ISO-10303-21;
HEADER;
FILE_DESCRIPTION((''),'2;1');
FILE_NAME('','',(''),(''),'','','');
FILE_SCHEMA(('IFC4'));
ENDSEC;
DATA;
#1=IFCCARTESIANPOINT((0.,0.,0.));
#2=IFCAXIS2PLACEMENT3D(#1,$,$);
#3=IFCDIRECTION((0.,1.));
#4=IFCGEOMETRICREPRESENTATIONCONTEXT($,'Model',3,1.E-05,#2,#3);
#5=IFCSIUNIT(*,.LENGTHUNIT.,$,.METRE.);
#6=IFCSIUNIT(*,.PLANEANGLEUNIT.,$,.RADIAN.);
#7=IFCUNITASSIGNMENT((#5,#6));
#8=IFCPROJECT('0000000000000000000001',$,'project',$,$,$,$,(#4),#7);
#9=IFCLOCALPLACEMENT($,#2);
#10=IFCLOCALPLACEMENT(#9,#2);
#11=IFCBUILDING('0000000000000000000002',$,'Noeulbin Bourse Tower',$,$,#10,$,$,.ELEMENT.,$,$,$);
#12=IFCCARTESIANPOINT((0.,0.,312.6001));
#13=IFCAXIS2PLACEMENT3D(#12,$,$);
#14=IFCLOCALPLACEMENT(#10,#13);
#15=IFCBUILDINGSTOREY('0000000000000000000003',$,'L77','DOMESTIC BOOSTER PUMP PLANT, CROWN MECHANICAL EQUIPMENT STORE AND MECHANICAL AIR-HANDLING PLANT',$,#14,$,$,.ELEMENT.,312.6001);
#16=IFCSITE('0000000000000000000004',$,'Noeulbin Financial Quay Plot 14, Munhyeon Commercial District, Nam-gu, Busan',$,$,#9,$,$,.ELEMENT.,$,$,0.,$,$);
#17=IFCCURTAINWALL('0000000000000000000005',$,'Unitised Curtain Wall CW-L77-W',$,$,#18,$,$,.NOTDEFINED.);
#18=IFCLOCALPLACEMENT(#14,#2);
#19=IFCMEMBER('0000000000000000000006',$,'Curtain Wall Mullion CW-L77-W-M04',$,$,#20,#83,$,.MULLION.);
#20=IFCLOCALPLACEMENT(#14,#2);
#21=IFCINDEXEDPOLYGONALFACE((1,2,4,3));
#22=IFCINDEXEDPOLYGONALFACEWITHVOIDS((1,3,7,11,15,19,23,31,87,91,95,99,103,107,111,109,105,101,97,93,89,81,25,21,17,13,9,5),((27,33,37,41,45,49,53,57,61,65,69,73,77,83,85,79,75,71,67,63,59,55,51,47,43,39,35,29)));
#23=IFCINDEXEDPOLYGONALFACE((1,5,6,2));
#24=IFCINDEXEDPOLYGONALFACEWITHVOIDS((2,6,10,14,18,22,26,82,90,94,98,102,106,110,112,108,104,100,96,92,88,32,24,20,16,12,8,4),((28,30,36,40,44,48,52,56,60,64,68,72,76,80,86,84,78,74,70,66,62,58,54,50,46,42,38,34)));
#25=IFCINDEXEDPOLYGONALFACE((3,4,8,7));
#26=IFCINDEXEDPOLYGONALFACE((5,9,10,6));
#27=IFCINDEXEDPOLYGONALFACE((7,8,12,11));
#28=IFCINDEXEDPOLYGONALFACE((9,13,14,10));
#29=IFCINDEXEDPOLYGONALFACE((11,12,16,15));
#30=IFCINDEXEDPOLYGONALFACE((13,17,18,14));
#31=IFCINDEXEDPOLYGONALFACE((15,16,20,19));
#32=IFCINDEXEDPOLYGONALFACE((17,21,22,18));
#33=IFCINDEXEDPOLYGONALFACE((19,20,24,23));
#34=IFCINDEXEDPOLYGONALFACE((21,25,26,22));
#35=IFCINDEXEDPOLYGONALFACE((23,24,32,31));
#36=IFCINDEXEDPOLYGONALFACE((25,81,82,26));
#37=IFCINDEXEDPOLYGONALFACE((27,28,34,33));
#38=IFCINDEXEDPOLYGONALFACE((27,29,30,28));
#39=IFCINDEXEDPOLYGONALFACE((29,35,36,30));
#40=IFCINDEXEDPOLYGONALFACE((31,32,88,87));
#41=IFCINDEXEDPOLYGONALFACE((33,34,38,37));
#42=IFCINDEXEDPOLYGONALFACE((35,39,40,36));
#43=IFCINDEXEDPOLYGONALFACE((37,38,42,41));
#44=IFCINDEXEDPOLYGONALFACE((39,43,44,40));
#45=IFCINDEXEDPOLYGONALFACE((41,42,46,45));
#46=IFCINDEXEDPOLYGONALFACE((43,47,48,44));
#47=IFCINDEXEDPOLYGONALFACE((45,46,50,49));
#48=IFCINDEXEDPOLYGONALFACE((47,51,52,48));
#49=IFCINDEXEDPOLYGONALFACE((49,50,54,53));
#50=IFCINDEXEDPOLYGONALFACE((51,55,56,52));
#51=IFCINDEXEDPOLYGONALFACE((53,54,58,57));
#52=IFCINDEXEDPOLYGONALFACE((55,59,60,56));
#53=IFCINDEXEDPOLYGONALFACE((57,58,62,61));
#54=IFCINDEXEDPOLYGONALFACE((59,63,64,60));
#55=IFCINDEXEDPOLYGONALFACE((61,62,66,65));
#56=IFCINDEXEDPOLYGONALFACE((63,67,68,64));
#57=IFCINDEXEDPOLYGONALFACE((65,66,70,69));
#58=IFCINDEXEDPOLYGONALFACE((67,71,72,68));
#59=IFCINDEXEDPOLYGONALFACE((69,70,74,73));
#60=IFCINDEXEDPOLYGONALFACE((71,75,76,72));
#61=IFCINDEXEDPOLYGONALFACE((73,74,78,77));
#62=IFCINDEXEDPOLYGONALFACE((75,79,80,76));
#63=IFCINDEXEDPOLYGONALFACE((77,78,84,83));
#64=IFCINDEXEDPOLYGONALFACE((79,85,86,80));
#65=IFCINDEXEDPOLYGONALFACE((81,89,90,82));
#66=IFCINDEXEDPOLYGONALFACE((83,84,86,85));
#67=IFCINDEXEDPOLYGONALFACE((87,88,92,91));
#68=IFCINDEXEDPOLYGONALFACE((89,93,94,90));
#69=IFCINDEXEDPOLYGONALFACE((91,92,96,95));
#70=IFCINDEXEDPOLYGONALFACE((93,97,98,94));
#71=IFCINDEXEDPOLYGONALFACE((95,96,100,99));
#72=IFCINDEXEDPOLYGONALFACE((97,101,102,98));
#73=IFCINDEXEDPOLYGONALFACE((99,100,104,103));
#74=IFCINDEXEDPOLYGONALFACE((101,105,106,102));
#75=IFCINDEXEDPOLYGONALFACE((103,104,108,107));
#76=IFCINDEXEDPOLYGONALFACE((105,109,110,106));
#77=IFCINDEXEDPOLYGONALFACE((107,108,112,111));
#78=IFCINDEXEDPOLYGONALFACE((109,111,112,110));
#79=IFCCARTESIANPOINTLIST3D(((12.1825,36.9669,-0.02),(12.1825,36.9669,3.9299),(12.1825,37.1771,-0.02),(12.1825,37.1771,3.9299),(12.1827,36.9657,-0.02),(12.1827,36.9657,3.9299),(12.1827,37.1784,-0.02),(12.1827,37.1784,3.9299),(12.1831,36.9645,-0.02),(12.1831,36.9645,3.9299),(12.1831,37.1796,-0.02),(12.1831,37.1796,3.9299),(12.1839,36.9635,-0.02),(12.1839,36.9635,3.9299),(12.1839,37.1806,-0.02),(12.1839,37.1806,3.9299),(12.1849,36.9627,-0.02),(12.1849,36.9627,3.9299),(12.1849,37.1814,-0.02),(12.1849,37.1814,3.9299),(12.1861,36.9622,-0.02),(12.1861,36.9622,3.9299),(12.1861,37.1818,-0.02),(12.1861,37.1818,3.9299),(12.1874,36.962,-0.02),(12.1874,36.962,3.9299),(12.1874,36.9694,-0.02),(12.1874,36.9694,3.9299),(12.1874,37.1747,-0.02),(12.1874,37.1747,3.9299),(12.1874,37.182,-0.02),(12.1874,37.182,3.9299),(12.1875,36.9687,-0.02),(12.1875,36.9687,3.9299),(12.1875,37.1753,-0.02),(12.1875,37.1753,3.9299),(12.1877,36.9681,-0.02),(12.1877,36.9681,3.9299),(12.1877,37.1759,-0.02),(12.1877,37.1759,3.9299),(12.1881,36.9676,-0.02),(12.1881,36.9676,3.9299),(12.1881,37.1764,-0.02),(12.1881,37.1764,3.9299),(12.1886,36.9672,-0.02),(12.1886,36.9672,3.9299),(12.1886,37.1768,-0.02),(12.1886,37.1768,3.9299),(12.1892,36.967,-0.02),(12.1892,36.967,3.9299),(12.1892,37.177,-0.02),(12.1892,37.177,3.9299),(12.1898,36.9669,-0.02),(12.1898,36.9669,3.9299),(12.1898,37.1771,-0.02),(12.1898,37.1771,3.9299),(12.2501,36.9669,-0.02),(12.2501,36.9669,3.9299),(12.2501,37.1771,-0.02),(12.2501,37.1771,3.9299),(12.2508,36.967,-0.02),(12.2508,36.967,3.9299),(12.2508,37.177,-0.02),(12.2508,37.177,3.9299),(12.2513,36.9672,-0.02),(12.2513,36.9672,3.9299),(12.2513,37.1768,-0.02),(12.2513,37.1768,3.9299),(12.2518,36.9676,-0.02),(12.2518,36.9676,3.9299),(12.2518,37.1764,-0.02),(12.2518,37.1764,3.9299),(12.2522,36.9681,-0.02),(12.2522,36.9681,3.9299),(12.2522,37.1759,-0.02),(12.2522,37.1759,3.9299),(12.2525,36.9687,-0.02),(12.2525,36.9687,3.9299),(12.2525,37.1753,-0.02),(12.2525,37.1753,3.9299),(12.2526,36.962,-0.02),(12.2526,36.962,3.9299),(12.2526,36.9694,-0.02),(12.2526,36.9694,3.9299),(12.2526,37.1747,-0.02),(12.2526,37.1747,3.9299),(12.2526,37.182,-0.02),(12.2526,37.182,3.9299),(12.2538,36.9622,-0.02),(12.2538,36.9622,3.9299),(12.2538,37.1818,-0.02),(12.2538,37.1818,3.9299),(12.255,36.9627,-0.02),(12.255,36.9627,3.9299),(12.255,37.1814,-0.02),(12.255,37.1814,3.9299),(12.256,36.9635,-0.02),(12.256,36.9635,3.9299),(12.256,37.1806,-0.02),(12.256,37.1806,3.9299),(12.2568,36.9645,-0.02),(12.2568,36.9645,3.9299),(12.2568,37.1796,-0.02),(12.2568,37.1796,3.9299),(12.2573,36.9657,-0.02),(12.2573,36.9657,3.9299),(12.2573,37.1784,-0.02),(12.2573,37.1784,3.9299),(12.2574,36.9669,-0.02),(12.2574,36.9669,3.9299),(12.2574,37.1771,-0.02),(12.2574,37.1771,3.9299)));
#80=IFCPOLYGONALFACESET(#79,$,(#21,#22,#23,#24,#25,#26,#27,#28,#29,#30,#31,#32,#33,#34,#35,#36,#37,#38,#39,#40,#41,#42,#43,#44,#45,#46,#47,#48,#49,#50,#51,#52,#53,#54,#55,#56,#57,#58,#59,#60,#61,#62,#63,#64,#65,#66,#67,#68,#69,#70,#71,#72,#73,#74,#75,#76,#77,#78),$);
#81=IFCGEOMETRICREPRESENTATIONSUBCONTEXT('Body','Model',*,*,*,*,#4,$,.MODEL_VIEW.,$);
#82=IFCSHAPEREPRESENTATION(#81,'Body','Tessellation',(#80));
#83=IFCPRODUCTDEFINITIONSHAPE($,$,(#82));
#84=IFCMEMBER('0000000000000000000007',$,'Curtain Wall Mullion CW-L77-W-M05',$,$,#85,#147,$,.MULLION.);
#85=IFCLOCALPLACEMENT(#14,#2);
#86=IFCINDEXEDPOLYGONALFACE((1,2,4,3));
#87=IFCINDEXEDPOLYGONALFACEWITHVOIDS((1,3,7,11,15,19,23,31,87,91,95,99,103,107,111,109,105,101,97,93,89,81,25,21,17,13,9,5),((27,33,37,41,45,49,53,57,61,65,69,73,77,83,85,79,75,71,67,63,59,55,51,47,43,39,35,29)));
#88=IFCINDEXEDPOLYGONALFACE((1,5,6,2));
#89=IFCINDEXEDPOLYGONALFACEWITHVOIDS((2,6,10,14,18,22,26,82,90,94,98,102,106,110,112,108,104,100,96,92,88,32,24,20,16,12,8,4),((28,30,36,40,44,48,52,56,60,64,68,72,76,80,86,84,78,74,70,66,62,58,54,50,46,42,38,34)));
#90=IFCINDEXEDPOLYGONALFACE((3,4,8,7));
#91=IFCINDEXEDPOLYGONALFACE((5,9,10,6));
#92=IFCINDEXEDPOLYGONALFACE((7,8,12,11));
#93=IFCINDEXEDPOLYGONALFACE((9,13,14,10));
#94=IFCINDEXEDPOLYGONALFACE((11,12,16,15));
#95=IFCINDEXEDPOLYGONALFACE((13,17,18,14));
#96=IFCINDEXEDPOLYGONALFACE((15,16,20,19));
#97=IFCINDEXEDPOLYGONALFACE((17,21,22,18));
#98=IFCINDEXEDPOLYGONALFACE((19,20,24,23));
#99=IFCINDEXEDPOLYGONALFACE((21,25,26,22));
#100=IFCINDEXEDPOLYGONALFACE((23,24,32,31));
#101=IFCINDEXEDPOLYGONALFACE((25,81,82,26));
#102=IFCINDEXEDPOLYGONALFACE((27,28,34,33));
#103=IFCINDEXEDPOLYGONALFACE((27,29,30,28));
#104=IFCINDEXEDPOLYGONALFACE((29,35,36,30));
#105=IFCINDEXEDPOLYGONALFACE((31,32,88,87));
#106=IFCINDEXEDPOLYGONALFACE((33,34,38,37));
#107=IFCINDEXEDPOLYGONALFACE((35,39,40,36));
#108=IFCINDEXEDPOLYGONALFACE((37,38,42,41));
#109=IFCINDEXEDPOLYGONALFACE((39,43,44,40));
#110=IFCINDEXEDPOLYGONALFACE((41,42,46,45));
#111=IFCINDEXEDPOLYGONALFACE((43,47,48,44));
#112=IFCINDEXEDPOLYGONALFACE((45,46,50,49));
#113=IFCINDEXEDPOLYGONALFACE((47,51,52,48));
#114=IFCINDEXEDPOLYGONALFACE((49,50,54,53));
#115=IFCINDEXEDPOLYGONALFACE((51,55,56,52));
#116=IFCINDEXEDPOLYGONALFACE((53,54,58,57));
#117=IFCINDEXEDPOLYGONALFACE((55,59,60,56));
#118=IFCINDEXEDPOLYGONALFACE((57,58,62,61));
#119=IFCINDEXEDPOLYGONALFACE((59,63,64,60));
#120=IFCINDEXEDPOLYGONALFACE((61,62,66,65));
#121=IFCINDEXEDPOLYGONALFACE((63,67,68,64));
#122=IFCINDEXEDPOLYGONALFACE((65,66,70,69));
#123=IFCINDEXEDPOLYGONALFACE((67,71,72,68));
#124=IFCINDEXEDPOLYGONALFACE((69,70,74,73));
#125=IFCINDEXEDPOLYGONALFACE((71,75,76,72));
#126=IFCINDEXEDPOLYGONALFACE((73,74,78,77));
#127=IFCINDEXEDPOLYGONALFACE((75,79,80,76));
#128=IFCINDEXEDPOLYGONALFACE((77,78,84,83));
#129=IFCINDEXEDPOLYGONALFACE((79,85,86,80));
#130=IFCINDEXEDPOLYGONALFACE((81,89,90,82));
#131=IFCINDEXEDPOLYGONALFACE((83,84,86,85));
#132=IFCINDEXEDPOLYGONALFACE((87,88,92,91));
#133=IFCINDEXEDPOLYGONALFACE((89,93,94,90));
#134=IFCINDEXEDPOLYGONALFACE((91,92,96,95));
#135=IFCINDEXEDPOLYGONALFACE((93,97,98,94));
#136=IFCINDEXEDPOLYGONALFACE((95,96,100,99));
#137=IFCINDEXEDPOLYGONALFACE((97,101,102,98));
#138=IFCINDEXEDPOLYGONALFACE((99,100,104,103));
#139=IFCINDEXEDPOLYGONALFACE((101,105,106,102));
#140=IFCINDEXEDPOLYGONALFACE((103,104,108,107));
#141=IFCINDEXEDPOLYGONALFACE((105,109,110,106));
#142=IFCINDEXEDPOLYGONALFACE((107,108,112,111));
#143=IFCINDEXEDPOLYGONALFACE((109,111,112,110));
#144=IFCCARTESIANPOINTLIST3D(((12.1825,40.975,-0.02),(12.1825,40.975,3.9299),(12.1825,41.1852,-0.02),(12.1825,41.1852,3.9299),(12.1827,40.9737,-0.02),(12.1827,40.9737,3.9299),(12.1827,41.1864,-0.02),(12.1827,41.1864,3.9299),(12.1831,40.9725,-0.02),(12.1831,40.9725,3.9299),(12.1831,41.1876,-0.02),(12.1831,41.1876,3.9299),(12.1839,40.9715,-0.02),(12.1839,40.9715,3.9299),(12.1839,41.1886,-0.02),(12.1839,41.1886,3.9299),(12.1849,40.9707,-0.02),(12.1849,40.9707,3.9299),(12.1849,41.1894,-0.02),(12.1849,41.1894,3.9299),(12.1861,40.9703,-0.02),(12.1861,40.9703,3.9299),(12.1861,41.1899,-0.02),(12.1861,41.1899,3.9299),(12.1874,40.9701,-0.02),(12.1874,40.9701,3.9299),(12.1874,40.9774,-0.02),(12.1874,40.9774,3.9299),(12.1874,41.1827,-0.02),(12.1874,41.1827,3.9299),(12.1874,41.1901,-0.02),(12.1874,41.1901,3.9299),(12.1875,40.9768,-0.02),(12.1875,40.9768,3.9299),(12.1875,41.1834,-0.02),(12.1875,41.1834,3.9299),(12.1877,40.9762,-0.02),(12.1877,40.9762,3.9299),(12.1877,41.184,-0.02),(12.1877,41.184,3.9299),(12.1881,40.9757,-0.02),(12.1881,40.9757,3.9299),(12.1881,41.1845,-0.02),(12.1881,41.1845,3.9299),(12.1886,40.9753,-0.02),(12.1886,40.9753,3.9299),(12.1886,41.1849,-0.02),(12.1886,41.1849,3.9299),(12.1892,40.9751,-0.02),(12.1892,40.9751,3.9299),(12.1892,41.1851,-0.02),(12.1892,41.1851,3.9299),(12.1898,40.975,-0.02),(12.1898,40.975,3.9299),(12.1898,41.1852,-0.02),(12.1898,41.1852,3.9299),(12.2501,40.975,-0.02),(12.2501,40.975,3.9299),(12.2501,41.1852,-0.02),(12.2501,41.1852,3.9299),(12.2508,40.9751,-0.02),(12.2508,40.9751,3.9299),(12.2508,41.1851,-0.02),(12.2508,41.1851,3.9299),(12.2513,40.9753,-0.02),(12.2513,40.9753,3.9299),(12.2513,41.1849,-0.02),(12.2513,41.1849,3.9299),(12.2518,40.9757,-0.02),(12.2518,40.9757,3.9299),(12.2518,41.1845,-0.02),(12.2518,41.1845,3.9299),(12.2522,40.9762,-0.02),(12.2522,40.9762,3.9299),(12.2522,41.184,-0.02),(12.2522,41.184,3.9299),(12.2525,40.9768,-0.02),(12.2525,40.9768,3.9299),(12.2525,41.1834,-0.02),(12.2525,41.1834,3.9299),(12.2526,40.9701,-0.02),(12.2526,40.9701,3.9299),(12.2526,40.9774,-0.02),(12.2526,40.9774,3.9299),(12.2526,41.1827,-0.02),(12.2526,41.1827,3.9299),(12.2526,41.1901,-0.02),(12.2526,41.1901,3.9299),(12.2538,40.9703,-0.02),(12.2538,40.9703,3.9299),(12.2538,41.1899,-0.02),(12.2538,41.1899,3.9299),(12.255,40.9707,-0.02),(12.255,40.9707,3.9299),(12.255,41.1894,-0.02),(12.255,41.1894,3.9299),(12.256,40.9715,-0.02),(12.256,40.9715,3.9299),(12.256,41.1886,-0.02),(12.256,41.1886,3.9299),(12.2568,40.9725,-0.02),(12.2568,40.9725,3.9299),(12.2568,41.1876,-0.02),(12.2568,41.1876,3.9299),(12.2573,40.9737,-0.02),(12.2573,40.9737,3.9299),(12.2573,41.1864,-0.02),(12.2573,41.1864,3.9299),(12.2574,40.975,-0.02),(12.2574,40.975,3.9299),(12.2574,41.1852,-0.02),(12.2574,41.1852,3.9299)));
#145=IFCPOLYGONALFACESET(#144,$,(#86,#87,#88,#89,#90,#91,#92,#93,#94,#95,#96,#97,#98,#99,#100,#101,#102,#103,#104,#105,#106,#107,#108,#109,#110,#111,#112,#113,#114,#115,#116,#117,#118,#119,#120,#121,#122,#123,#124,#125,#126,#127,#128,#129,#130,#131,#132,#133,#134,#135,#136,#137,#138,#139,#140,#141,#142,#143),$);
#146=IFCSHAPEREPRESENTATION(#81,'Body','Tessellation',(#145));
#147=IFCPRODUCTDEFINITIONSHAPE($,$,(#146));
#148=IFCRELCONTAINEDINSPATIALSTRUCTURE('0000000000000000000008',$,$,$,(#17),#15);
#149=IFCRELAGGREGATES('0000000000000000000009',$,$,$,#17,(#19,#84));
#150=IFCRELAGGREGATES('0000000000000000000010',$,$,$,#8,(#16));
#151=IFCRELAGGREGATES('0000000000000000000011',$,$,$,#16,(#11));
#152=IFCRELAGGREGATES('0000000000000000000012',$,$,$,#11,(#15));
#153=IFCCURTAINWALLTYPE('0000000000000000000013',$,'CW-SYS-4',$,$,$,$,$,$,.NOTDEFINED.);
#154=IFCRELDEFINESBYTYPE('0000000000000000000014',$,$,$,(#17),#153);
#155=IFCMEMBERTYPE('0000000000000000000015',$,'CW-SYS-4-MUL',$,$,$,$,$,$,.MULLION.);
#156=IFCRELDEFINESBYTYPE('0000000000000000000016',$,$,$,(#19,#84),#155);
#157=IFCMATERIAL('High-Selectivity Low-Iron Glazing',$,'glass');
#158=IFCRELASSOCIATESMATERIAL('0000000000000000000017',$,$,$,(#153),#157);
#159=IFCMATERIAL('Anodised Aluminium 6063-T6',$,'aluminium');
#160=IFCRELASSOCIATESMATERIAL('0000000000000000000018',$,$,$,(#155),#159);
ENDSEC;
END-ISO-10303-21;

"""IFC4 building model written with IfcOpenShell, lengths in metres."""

from ifc_helpers import new_model, si_unit, direction, frame, origin, origin_2d, place, context, subcontext, project, spatial, hollow_rectangle, extrude, material, material_profile, profile_set, type_object, element, aggregate, save


model = new_model("IFC4")

# Units and contexts
model_context = context("Model", 3, precision=1e-05, world=origin(), true_north=direction((0.0, 1.0)))
body_context = subcontext(model_context, "Body", "Model", "MODEL_VIEW")
ifc_project = project(units=[si_unit("LENGTHUNIT", "METRE"), si_unit("PLANEANGLEUNIT", "RADIAN")], contexts=[model_context])

# Site, building, storey
site_placement = place(None, origin())
site = spatial("IfcSite", under=ifc_project, at=site_placement, Name="Noeulbin Financial Quay Plot 14, Munhyeon Commercial District, Nam-gu, Busan", CompositionType="ELEMENT", RefElevation=0.0)
building_placement = place(site_placement, origin())
building = spatial("IfcBuilding", under=site, at=building_placement, Name="Noeulbin Bourse Tower", CompositionType="ELEMENT")
storey_placement = place(building_placement, frame((0.0, 0.0, 312.6001)))
storey = spatial("IfcBuildingStorey", under=building, at=storey_placement, Name="L77", Description="DOMESTIC BOOSTER PUMP PLANT, CROWN MECHANICAL EQUIPMENT STORE AND MECHANICAL AIR-HANDLING PLANT", CompositionType="ELEMENT", Elevation=312.6001)

# Curtain wall, members
ifc_material_1 = material(Name="High-Selectivity Low-Iron Glazing", Category="glass")
curtain_wall_type = type_object("IfcCurtainWallType", Name="CW-SYS-4", PredefinedType="NOTDEFINED", material=ifc_material_1)
ifc_material_2 = material(Name="Anodised Aluminium 6063-T6", Category="aluminium")
ifc_material_profile_1 = material_profile(ifc_material_2, hollow_rectangle(XDim=0.075, YDim=0.22, WallThickness=0.0049, InnerFilletRadius=0.0024, OuterFilletRadius=0.0049, at=origin_2d()), Name="ALU-MULL-75x220x5", Category="LoadBearing")
ifc_profile_set_1 = profile_set([ifc_material_profile_1], Name="Anodised Aluminium 6063-T6")
member_type_1 = type_object("IfcMemberType", Name="CW-SYS-4-MUL", PredefinedType="MULLION", material=ifc_profile_set_1)
curtain_wall_1_placement = place(storey_placement, origin())
curtain_wall_1 = element("IfcCurtainWall", 1, at=curtain_wall_1_placement, inside=storey, type_object=curtain_wall_type, Name="Unitised Curtain Wall CW-L77-W", PredefinedType="NOTDEFINED")
member_1_placement = place(storey_placement, frame((12.22, 37.072, -0.02), z_axis=(0.0, 0.0, 1.0), x_axis=(1.0, 0.0, 0.0)))
member_1 = element("IfcMember", 2, at=member_1_placement, type_object=member_type_1, Name="Curtain Wall Mullion CW-L77-W-M04", PredefinedType="MULLION", context=body_context, shape_type="SweptSolid", body=[
    extrude(hollow_rectangle(XDim=0.075, YDim=0.22, WallThickness=0.0049, InnerFilletRadius=0.0024, OuterFilletRadius=0.0049, at=origin_2d()), origin(), (0.0, 0.0, 1.0), 3.95),
])
member_2_placement = place(storey_placement, frame((12.22, 41.0801, -0.02), z_axis=(0.0, 0.0, 1.0), x_axis=(1.0, 0.0, 0.0)))
member_2 = element("IfcMember", 3, at=member_2_placement, type_object=member_type_1, Name="Curtain Wall Mullion CW-L77-W-M05", PredefinedType="MULLION", context=body_context, shape_type="SweptSolid", body=[
    extrude(hollow_rectangle(XDim=0.075, YDim=0.22, WallThickness=0.0049, InnerFilletRadius=0.0024, OuterFilletRadius=0.0049, at=origin_2d()), origin(), (0.0, 0.0, 1.0), 3.95),
])

aggregate(curtain_wall_1, [member_1, member_2])

save(model, "model.ifc")
